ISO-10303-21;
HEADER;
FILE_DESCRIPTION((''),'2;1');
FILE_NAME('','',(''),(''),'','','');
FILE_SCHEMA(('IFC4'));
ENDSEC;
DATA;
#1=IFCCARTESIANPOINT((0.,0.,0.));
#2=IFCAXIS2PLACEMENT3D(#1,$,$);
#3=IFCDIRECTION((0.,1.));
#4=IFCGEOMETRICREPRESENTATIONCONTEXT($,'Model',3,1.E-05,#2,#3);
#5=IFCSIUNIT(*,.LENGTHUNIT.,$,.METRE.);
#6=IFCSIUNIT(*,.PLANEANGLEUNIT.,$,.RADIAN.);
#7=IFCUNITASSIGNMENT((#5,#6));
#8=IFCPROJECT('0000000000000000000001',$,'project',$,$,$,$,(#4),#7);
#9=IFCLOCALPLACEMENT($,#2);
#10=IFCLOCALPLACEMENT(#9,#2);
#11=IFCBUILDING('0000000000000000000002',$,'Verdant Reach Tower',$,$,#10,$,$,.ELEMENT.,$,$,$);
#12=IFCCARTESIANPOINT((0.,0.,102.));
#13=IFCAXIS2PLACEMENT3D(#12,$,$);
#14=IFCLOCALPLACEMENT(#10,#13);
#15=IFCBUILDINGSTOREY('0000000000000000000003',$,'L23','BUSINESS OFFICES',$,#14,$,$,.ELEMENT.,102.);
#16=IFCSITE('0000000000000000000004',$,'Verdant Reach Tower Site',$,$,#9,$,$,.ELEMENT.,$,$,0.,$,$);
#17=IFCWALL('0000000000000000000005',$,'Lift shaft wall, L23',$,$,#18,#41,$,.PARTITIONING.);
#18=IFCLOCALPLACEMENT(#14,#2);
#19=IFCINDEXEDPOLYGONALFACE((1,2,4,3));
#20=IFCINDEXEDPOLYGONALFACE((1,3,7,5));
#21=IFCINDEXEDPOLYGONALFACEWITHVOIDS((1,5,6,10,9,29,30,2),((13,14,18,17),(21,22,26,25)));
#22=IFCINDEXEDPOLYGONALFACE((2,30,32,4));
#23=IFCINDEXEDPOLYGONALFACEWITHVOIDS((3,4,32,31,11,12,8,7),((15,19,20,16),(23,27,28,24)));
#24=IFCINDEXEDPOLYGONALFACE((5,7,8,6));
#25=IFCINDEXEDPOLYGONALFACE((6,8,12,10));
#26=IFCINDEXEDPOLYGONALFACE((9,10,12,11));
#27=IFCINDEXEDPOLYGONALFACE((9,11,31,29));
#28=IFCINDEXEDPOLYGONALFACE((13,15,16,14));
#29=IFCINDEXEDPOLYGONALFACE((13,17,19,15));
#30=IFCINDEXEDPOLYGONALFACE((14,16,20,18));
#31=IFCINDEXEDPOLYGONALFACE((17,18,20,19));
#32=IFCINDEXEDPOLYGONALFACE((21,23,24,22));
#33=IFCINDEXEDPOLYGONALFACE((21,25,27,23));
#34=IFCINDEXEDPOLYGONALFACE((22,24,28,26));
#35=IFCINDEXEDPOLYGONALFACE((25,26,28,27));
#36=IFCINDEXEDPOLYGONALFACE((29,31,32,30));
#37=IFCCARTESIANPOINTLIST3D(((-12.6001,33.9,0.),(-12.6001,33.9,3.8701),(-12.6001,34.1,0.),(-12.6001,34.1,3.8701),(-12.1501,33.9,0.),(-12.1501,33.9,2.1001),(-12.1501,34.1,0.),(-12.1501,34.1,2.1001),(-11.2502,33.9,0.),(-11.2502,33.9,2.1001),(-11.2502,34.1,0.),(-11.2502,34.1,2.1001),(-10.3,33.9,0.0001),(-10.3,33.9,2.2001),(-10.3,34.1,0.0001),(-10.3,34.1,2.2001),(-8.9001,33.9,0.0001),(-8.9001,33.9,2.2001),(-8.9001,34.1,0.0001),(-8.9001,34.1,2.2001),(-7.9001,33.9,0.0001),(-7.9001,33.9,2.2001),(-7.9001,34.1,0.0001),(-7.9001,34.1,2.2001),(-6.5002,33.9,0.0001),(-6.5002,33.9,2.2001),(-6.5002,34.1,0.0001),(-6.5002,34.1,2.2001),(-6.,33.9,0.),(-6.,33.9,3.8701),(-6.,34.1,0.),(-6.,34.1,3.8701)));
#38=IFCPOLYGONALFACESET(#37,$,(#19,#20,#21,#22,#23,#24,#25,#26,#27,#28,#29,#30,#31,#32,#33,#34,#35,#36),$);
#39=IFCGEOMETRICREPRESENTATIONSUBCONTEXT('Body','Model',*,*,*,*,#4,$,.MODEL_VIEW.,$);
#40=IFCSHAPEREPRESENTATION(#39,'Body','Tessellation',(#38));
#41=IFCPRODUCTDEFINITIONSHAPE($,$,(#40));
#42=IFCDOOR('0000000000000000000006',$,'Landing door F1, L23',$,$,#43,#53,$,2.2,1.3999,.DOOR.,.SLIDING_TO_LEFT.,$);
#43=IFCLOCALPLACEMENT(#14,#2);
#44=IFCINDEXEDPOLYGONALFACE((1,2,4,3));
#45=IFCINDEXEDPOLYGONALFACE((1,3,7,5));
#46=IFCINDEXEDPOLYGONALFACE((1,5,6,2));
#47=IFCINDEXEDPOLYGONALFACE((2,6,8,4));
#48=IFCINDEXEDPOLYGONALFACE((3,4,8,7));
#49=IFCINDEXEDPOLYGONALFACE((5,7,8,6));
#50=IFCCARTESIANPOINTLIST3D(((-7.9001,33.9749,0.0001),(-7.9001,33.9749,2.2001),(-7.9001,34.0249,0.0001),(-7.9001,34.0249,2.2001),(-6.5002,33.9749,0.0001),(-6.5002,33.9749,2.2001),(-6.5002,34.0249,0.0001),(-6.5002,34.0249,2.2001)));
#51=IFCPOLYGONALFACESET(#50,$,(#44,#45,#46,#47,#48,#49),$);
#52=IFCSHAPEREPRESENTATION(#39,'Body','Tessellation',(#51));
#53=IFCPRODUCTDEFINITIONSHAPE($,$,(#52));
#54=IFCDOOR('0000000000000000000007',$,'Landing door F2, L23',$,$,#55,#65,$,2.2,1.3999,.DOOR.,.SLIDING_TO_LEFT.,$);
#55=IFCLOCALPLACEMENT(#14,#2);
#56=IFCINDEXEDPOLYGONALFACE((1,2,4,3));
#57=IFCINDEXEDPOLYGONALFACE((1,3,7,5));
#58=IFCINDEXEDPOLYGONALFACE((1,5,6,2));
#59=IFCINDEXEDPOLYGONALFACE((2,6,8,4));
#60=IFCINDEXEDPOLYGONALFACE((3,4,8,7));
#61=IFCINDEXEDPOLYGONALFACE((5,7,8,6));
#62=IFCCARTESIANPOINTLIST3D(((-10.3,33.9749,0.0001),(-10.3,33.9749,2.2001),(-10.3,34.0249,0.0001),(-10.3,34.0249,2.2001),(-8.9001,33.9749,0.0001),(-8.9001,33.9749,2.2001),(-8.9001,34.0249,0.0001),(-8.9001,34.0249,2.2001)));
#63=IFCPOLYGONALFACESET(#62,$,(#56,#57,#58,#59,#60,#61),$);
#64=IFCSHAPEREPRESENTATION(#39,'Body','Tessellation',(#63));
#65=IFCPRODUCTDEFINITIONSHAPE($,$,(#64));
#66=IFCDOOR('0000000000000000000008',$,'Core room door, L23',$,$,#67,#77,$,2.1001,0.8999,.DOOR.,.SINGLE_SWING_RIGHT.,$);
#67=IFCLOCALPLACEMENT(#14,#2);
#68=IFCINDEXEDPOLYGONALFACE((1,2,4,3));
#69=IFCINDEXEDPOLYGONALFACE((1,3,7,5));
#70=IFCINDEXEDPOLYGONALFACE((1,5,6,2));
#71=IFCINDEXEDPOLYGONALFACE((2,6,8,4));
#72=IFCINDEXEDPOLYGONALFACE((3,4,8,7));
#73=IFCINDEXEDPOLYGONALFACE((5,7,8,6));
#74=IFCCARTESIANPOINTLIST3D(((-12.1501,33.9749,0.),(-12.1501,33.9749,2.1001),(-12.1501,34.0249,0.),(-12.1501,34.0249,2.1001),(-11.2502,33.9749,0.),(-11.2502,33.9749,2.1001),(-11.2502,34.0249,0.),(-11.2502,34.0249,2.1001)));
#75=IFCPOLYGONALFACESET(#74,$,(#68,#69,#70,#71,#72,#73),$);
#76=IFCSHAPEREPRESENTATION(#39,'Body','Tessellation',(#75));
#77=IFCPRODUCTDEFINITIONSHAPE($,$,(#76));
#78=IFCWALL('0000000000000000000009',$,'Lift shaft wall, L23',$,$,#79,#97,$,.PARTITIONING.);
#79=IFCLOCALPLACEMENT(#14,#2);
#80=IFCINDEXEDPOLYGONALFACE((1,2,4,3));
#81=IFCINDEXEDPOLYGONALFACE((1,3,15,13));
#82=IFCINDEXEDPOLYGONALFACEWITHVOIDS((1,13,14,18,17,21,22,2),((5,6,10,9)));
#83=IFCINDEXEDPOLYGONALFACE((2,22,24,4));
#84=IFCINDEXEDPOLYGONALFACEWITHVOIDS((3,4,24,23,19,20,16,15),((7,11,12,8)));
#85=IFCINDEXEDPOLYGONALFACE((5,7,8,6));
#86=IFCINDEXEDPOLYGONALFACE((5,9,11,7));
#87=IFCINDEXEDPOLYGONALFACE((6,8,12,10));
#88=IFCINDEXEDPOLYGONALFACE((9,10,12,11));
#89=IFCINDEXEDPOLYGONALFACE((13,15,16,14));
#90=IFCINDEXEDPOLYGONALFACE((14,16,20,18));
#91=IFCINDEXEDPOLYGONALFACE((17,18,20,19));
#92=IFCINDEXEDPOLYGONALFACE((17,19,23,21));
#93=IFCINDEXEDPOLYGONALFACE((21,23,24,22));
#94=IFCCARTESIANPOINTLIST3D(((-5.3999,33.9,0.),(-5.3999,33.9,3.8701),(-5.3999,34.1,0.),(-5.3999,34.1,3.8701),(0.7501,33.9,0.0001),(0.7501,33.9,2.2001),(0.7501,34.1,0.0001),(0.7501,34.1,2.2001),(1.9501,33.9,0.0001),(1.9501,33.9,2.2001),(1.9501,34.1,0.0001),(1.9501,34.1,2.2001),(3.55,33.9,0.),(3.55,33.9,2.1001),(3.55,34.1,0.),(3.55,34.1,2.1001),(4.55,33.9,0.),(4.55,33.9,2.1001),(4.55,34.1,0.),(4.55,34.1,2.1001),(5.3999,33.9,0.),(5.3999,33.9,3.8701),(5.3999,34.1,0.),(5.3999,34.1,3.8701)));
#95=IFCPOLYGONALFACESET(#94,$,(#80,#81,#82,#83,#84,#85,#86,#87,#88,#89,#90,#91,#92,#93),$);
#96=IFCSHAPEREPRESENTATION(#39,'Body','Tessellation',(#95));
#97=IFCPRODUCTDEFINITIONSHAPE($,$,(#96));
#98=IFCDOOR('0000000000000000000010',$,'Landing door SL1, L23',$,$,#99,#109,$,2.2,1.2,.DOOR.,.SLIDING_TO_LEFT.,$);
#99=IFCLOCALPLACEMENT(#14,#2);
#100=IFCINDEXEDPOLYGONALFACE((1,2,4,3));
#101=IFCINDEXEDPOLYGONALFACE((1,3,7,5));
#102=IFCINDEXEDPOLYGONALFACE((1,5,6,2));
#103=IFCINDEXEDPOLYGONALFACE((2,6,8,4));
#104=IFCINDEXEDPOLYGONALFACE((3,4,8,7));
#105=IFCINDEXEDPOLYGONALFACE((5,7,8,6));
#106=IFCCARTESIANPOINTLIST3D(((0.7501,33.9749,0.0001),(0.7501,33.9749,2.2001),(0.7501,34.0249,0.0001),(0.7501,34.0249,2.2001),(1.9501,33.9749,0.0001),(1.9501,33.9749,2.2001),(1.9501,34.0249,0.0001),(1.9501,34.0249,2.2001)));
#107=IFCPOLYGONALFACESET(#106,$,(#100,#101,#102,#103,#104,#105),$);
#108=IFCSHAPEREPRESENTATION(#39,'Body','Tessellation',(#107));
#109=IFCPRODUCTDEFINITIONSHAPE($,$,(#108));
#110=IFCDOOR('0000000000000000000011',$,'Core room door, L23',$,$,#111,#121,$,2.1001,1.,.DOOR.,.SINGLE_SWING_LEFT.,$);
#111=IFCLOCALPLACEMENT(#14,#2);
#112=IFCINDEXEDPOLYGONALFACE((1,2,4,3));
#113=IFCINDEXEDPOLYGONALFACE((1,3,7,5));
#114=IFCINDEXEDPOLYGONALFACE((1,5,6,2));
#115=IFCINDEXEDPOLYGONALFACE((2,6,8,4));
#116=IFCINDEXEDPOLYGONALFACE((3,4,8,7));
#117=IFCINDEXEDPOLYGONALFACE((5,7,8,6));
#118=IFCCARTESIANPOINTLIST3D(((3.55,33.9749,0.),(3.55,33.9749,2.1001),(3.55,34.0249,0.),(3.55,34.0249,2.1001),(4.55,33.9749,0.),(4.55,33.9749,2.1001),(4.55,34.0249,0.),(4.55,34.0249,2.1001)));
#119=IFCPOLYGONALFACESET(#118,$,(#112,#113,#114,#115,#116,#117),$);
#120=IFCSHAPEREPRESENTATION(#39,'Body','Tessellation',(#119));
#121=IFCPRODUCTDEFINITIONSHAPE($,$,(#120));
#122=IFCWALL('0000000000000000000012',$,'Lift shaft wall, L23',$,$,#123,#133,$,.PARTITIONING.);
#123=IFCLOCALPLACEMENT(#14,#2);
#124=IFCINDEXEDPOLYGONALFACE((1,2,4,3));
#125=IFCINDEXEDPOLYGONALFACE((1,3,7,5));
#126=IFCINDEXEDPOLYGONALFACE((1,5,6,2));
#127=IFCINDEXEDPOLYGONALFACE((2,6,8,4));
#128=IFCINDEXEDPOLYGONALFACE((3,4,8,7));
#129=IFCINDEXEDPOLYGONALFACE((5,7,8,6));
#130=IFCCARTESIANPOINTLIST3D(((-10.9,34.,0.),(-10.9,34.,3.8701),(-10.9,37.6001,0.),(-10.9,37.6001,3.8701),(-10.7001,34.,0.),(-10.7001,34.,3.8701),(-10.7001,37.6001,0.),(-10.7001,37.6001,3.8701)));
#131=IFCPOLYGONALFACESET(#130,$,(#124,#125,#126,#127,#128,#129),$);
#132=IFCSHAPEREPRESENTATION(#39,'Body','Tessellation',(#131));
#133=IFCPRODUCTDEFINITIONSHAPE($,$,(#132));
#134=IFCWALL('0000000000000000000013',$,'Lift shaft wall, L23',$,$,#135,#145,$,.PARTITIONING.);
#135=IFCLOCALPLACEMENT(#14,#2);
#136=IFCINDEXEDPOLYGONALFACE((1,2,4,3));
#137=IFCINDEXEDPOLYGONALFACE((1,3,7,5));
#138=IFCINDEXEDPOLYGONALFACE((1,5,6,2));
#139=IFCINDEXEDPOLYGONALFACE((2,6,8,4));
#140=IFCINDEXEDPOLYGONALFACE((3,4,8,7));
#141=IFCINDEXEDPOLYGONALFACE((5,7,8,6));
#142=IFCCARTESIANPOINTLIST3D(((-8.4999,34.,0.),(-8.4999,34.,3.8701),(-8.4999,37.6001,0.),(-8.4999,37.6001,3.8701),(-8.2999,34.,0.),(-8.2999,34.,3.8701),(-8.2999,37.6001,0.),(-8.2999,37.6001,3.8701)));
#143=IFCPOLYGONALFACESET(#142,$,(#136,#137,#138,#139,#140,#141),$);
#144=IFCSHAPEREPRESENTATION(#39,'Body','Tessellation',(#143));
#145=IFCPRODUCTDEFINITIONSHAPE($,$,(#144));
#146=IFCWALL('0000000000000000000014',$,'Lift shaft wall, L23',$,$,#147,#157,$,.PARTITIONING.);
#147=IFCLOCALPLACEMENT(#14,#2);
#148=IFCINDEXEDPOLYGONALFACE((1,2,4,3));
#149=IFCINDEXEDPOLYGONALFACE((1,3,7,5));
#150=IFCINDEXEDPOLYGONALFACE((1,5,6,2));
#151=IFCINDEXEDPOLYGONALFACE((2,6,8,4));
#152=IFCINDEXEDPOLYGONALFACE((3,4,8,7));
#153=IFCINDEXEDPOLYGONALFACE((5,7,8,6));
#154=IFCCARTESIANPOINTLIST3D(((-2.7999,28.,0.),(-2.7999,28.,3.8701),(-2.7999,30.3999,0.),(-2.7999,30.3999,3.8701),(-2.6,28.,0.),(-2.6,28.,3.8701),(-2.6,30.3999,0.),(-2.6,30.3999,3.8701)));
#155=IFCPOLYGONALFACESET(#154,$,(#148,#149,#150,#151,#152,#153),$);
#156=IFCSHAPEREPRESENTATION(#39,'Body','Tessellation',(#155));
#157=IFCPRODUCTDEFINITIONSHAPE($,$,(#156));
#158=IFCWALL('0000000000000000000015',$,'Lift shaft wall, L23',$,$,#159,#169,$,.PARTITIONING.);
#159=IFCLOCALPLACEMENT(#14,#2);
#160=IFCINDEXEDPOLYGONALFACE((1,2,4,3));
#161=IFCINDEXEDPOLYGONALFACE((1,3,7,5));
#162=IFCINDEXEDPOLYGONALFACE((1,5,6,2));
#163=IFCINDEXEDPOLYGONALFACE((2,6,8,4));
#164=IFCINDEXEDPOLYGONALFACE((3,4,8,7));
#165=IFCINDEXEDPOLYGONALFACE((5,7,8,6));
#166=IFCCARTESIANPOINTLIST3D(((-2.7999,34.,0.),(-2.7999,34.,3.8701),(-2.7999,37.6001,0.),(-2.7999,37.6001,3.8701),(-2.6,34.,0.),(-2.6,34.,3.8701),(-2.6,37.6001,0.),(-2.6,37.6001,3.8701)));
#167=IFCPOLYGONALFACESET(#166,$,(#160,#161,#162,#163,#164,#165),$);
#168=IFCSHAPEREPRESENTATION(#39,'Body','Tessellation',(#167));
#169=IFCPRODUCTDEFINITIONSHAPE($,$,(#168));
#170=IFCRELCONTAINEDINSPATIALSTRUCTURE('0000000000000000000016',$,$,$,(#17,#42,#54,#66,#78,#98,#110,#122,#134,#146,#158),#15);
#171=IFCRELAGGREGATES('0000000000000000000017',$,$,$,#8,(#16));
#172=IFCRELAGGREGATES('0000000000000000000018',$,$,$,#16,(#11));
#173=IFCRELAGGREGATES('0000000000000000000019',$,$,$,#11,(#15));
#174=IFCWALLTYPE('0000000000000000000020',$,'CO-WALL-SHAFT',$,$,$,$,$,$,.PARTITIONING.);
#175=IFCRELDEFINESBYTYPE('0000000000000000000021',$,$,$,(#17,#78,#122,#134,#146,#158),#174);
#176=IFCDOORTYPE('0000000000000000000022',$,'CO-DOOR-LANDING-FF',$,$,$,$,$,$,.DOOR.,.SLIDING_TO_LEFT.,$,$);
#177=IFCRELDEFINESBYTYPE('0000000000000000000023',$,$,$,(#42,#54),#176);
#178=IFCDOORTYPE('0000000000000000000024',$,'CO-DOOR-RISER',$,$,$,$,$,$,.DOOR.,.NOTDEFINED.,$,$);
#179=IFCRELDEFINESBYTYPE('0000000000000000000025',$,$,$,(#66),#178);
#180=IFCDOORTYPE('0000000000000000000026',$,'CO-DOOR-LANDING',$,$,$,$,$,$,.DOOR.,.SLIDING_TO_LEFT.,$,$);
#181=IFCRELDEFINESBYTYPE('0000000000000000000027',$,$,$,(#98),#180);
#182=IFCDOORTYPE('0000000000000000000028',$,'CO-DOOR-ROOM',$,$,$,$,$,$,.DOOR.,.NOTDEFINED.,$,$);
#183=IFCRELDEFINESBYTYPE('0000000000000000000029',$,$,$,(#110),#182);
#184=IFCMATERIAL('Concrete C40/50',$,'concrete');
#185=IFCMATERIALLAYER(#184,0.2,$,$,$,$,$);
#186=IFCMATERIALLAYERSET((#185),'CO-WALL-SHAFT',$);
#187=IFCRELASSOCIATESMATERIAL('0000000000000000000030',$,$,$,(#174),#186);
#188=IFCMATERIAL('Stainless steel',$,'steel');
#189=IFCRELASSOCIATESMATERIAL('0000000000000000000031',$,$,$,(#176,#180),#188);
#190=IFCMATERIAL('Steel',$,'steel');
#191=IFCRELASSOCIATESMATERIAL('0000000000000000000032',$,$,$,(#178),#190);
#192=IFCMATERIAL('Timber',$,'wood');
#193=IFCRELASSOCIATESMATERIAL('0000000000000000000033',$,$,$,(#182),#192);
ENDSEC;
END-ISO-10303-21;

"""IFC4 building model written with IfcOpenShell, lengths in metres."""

from ifc_helpers import new_model, si_unit, direction, frame, frame_2d, origin, place, context, subcontext, project, spatial, rectangle, extrude, material, layer, layer_set, type_object, element, fill, save


model = new_model("IFC4")

# Units and contexts
model_context = context("Model", 3, precision=1e-05, world=origin(), true_north=direction((0.0, 1.0)))
body_context = subcontext(model_context, "Body", "Model", "MODEL_VIEW")
ifc_project = project(units=[si_unit("LENGTHUNIT", "METRE"), si_unit("PLANEANGLEUNIT", "RADIAN")], contexts=[model_context])

# Site, building, storey
site_placement = place(None, origin())
site = spatial("IfcSite", under=ifc_project, at=site_placement, Name="Verdant Reach Tower Site", CompositionType="ELEMENT", RefElevation=0.0)
building_placement = place(site_placement, origin())
building = spatial("IfcBuilding", under=site, at=building_placement, Name="Verdant Reach Tower", CompositionType="ELEMENT")
storey_placement = place(building_placement, frame((0.0, 0.0, 102.0)))
storey = spatial("IfcBuildingStorey", under=building, at=storey_placement, Name="L23", Description="BUSINESS OFFICES", CompositionType="ELEMENT", Elevation=102.0)

# Shared definitions
ifc_material_1 = material(Name="Concrete C40/50", Category="concrete")
ifc_layer_1 = layer(ifc_material_1, 0.2)
ifc_layer_set_1 = layer_set([ifc_layer_1], Name="CO-WALL-SHAFT")
wall_type_1 = type_object("IfcWallType", Name="CO-WALL-SHAFT", PredefinedType="PARTITIONING", material=ifc_layer_set_1)

# Walls, openings, doors
wall_1_placement = place(storey_placement, frame((-12.6001, 34.0, 0.0), z_axis=(0.0, 0.0, 1.0), x_axis=(1.0, 0.0, 0.0)))
wall_1 = element("IfcWall", 1, at=wall_1_placement, inside=storey, type_object=wall_type_1, Name="Lift shaft wall, L23", PredefinedType="PARTITIONING", context=body_context, shape_type="SweptSolid", body=[
    extrude(rectangle(XDim=6.6001, YDim=0.2, at=frame_2d((3.3, 0.0))), origin(), (0.0, 0.0, 1.0), 3.8701),
])
opening_1_placement = place(wall_1_placement, frame((4.7, 0.0, 0.0)))
opening_1 = element("IfcOpeningElement", 2, at=opening_1_placement, cuts=wall_1, PredefinedType="OPENING", context=body_context, shape_type="SweptSolid", body=[
    extrude(rectangle(XDim=1.3999, YDim=2.2, at=frame_2d((0.7, 1.1001))), frame((0.0, 0.1099, 0.0), z_axis=(0.0, -1.0, 0.0), x_axis=(1.0, 0.0, 0.0)), (0.0, 0.0, 1.0), 0.22),
])
opening_2_placement = place(wall_1_placement, frame((2.3, 0.0, 0.0)))
opening_2 = element("IfcOpeningElement", 3, at=opening_2_placement, cuts=wall_1, PredefinedType="OPENING", context=body_context, shape_type="SweptSolid", body=[
    extrude(rectangle(XDim=1.3999, YDim=2.2, at=frame_2d((0.7, 1.1001))), frame((0.0, 0.1099, 0.0), z_axis=(0.0, -1.0, 0.0), x_axis=(1.0, 0.0, 0.0)), (0.0, 0.0, 1.0), 0.22),
])
opening_3_placement = place(wall_1_placement, frame((0.45, 0.0, 0.0)))
opening_3 = element("IfcOpeningElement", 4, at=opening_3_placement, cuts=wall_1, PredefinedType="OPENING", context=body_context, shape_type="SweptSolid", body=[
    extrude(rectangle(XDim=0.8999, YDim=2.1001, at=frame_2d((0.45, 1.05))), frame((0.0, 0.1099, 0.0), z_axis=(0.0, -1.0, 0.0), x_axis=(1.0, 0.0, 0.0)), (0.0, 0.0, 1.0), 0.22),
])
ifc_material_2 = material(Name="Stainless steel", Category="steel")
door_type_1 = type_object("IfcDoorType", Name="CO-DOOR-LANDING-FF", OperationType="SLIDING_TO_LEFT", PredefinedType="DOOR", material=ifc_material_2)
door_1_placement = place(opening_1_placement, origin())
door_1 = element("IfcDoor", 5, at=door_1_placement, inside=storey, type_object=door_type_1, Name="Landing door F1, L23", OperationType="SLIDING_TO_LEFT", OverallHeight=2.2, OverallWidth=1.3999, PredefinedType="DOOR", context=body_context, shape_type="SweptSolid", body=[
    extrude(rectangle(XDim=1.3999, YDim=2.2, at=frame_2d((0.7, 1.1001))), frame((0.0, 0.0249, 0.0), z_axis=(0.0, -1.0, 0.0), x_axis=(1.0, 0.0, 0.0)), (0.0, 0.0, 1.0), 0.05),
])
fill(opening_1, door_1)
door_2_placement = place(opening_2_placement, origin())
door_2 = element("IfcDoor", 6, at=door_2_placement, inside=storey, type_object=door_type_1, Name="Landing door F2, L23", OperationType="SLIDING_TO_LEFT", OverallHeight=2.2, OverallWidth=1.3999, PredefinedType="DOOR", context=body_context, shape_type="SweptSolid", body=[
    extrude(rectangle(XDim=1.3999, YDim=2.2, at=frame_2d((0.7, 1.1001))), frame((0.0, 0.0249, 0.0), z_axis=(0.0, -1.0, 0.0), x_axis=(1.0, 0.0, 0.0)), (0.0, 0.0, 1.0), 0.05),
])
fill(opening_2, door_2)
ifc_material_3 = material(Name="Steel", Category="steel")
door_type_2 = type_object("IfcDoorType", Name="CO-DOOR-RISER", OperationType="NOTDEFINED", PredefinedType="DOOR", material=ifc_material_3)
door_3_placement = place(opening_3_placement, origin())
door_3 = element("IfcDoor", 7, at=door_3_placement, inside=storey, type_object=door_type_2, Name="Core room door, L23", OperationType="SINGLE_SWING_RIGHT", OverallHeight=2.1001, OverallWidth=0.8999, PredefinedType="DOOR", context=body_context, shape_type="SweptSolid", body=[
    extrude(rectangle(XDim=0.8999, YDim=2.1001, at=frame_2d((0.45, 1.05))), frame((0.0, 0.0249, 0.0), z_axis=(0.0, -1.0, 0.0), x_axis=(1.0, 0.0, 0.0)), (0.0, 0.0, 1.0), 0.05),
])
fill(opening_3, door_3)
wall_2_placement = place(storey_placement, frame((-5.3999, 34.0, 0.0), z_axis=(0.0, 0.0, 1.0), x_axis=(1.0, 0.0, 0.0)))
wall_2 = element("IfcWall", 8, at=wall_2_placement, inside=storey, type_object=wall_type_1, Name="Lift shaft wall, L23", PredefinedType="PARTITIONING", context=body_context, shape_type="SweptSolid", body=[
    extrude(rectangle(XDim=10.7998, YDim=0.2, at=frame_2d((5.3999, 0.0))), origin(), (0.0, 0.0, 1.0), 3.8701),
])
opening_4_placement = place(wall_2_placement, frame((6.1499, 0.0, 0.0)))
opening_4 = element("IfcOpeningElement", 9, at=opening_4_placement, cuts=wall_2, PredefinedType="OPENING", context=body_context, shape_type="SweptSolid", body=[
    extrude(rectangle(XDim=1.2, YDim=2.2, at=frame_2d((0.6001, 1.1001))), frame((0.0, 0.1099, 0.0), z_axis=(0.0, -1.0, 0.0), x_axis=(1.0, 0.0, 0.0)), (0.0, 0.0, 1.0), 0.22),
])
opening_5_placement = place(wall_2_placement, frame((8.95, 0.0, 0.0)))
opening_5 = element("IfcOpeningElement", 10, at=opening_5_placement, cuts=wall_2, PredefinedType="OPENING", context=body_context, shape_type="SweptSolid", body=[
    extrude(rectangle(XDim=1.0, YDim=2.1001, at=frame_2d((0.5, 1.05))), frame((0.0, 0.1099, 0.0), z_axis=(0.0, -1.0, 0.0), x_axis=(1.0, 0.0, 0.0)), (0.0, 0.0, 1.0), 0.22),
])
door_type_3 = type_object("IfcDoorType", Name="CO-DOOR-LANDING", OperationType="SLIDING_TO_LEFT", PredefinedType="DOOR", material=ifc_material_2)
door_4_placement = place(opening_4_placement, origin())
door_4 = element("IfcDoor", 11, at=door_4_placement, inside=storey, type_object=door_type_3, Name="Landing door SL1, L23", OperationType="SLIDING_TO_LEFT", OverallHeight=2.2, OverallWidth=1.2, PredefinedType="DOOR", context=body_context, shape_type="SweptSolid", body=[
    extrude(rectangle(XDim=1.2, YDim=2.2, at=frame_2d((0.6001, 1.1001))), frame((0.0, 0.0249, 0.0), z_axis=(0.0, -1.0, 0.0), x_axis=(1.0, 0.0, 0.0)), (0.0, 0.0, 1.0), 0.05),
])
fill(opening_4, door_4)
ifc_material_4 = material(Name="Timber", Category="wood")
door_type_4 = type_object("IfcDoorType", Name="CO-DOOR-ROOM", OperationType="NOTDEFINED", PredefinedType="DOOR", material=ifc_material_4)
door_5_placement = place(opening_5_placement, origin())
door_5 = element("IfcDoor", 12, at=door_5_placement, inside=storey, type_object=door_type_4, Name="Core room door, L23", OperationType="SINGLE_SWING_LEFT", OverallHeight=2.1001, OverallWidth=1.0, PredefinedType="DOOR", context=body_context, shape_type="SweptSolid", body=[
    extrude(rectangle(XDim=1.0, YDim=2.1001, at=frame_2d((0.5, 1.05))), frame((0.0, 0.0249, 0.0), z_axis=(0.0, -1.0, 0.0), x_axis=(1.0, 0.0, 0.0)), (0.0, 0.0, 1.0), 0.05),
])
fill(opening_5, door_5)

# Walls
for number, where, z_axis, x_axis, name in (
    (13, (-10.8, 34.0, 0.0), (0.0, 0.0, 1.0), (0.0, 1.0, 0.0), "Lift shaft wall, L23"),
    (14, (-8.3999, 34.0, 0.0), (0.0, 0.0, 1.0), (0.0, 1.0, 0.0), "Lift shaft wall, L23"),
):
    element("IfcWall", number, at=place(storey_placement, frame(where, z_axis=z_axis, x_axis=x_axis)), inside=storey, type_object=wall_type_1, Name=name, PredefinedType="PARTITIONING", context=body_context, shape_type="SweptSolid", body=[
        extrude(rectangle(XDim=3.6001, YDim=0.2, at=frame_2d((1.8, 0.0))), origin(), (0.0, 0.0, 1.0), 3.8701),
    ])
wall_3_placement = place(storey_placement, frame((-2.7, 28.0, 0.0), z_axis=(0.0, 0.0, 1.0), x_axis=(0.0, 1.0, 0.0)))
element("IfcWall", 15, at=wall_3_placement, inside=storey, type_object=wall_type_1, Name="Lift shaft wall, L23", PredefinedType="PARTITIONING", context=body_context, shape_type="SweptSolid", body=[
    extrude(rectangle(XDim=2.3999, YDim=0.2, at=frame_2d((1.2, 0.0))), origin(), (0.0, 0.0, 1.0), 3.8701),
])
wall_4_placement = place(storey_placement, frame((-2.7, 34.0, 0.0), z_axis=(0.0, 0.0, 1.0), x_axis=(0.0, 1.0, 0.0)))
element("IfcWall", 16, at=wall_4_placement, inside=storey, type_object=wall_type_1, Name="Lift shaft wall, L23", PredefinedType="PARTITIONING", context=body_context, shape_type="SweptSolid", body=[
    extrude(rectangle(XDim=3.6001, YDim=0.2, at=frame_2d((1.8, 0.0))), origin(), (0.0, 0.0, 1.0), 3.8701),
])

save(model, "model.ifc")
